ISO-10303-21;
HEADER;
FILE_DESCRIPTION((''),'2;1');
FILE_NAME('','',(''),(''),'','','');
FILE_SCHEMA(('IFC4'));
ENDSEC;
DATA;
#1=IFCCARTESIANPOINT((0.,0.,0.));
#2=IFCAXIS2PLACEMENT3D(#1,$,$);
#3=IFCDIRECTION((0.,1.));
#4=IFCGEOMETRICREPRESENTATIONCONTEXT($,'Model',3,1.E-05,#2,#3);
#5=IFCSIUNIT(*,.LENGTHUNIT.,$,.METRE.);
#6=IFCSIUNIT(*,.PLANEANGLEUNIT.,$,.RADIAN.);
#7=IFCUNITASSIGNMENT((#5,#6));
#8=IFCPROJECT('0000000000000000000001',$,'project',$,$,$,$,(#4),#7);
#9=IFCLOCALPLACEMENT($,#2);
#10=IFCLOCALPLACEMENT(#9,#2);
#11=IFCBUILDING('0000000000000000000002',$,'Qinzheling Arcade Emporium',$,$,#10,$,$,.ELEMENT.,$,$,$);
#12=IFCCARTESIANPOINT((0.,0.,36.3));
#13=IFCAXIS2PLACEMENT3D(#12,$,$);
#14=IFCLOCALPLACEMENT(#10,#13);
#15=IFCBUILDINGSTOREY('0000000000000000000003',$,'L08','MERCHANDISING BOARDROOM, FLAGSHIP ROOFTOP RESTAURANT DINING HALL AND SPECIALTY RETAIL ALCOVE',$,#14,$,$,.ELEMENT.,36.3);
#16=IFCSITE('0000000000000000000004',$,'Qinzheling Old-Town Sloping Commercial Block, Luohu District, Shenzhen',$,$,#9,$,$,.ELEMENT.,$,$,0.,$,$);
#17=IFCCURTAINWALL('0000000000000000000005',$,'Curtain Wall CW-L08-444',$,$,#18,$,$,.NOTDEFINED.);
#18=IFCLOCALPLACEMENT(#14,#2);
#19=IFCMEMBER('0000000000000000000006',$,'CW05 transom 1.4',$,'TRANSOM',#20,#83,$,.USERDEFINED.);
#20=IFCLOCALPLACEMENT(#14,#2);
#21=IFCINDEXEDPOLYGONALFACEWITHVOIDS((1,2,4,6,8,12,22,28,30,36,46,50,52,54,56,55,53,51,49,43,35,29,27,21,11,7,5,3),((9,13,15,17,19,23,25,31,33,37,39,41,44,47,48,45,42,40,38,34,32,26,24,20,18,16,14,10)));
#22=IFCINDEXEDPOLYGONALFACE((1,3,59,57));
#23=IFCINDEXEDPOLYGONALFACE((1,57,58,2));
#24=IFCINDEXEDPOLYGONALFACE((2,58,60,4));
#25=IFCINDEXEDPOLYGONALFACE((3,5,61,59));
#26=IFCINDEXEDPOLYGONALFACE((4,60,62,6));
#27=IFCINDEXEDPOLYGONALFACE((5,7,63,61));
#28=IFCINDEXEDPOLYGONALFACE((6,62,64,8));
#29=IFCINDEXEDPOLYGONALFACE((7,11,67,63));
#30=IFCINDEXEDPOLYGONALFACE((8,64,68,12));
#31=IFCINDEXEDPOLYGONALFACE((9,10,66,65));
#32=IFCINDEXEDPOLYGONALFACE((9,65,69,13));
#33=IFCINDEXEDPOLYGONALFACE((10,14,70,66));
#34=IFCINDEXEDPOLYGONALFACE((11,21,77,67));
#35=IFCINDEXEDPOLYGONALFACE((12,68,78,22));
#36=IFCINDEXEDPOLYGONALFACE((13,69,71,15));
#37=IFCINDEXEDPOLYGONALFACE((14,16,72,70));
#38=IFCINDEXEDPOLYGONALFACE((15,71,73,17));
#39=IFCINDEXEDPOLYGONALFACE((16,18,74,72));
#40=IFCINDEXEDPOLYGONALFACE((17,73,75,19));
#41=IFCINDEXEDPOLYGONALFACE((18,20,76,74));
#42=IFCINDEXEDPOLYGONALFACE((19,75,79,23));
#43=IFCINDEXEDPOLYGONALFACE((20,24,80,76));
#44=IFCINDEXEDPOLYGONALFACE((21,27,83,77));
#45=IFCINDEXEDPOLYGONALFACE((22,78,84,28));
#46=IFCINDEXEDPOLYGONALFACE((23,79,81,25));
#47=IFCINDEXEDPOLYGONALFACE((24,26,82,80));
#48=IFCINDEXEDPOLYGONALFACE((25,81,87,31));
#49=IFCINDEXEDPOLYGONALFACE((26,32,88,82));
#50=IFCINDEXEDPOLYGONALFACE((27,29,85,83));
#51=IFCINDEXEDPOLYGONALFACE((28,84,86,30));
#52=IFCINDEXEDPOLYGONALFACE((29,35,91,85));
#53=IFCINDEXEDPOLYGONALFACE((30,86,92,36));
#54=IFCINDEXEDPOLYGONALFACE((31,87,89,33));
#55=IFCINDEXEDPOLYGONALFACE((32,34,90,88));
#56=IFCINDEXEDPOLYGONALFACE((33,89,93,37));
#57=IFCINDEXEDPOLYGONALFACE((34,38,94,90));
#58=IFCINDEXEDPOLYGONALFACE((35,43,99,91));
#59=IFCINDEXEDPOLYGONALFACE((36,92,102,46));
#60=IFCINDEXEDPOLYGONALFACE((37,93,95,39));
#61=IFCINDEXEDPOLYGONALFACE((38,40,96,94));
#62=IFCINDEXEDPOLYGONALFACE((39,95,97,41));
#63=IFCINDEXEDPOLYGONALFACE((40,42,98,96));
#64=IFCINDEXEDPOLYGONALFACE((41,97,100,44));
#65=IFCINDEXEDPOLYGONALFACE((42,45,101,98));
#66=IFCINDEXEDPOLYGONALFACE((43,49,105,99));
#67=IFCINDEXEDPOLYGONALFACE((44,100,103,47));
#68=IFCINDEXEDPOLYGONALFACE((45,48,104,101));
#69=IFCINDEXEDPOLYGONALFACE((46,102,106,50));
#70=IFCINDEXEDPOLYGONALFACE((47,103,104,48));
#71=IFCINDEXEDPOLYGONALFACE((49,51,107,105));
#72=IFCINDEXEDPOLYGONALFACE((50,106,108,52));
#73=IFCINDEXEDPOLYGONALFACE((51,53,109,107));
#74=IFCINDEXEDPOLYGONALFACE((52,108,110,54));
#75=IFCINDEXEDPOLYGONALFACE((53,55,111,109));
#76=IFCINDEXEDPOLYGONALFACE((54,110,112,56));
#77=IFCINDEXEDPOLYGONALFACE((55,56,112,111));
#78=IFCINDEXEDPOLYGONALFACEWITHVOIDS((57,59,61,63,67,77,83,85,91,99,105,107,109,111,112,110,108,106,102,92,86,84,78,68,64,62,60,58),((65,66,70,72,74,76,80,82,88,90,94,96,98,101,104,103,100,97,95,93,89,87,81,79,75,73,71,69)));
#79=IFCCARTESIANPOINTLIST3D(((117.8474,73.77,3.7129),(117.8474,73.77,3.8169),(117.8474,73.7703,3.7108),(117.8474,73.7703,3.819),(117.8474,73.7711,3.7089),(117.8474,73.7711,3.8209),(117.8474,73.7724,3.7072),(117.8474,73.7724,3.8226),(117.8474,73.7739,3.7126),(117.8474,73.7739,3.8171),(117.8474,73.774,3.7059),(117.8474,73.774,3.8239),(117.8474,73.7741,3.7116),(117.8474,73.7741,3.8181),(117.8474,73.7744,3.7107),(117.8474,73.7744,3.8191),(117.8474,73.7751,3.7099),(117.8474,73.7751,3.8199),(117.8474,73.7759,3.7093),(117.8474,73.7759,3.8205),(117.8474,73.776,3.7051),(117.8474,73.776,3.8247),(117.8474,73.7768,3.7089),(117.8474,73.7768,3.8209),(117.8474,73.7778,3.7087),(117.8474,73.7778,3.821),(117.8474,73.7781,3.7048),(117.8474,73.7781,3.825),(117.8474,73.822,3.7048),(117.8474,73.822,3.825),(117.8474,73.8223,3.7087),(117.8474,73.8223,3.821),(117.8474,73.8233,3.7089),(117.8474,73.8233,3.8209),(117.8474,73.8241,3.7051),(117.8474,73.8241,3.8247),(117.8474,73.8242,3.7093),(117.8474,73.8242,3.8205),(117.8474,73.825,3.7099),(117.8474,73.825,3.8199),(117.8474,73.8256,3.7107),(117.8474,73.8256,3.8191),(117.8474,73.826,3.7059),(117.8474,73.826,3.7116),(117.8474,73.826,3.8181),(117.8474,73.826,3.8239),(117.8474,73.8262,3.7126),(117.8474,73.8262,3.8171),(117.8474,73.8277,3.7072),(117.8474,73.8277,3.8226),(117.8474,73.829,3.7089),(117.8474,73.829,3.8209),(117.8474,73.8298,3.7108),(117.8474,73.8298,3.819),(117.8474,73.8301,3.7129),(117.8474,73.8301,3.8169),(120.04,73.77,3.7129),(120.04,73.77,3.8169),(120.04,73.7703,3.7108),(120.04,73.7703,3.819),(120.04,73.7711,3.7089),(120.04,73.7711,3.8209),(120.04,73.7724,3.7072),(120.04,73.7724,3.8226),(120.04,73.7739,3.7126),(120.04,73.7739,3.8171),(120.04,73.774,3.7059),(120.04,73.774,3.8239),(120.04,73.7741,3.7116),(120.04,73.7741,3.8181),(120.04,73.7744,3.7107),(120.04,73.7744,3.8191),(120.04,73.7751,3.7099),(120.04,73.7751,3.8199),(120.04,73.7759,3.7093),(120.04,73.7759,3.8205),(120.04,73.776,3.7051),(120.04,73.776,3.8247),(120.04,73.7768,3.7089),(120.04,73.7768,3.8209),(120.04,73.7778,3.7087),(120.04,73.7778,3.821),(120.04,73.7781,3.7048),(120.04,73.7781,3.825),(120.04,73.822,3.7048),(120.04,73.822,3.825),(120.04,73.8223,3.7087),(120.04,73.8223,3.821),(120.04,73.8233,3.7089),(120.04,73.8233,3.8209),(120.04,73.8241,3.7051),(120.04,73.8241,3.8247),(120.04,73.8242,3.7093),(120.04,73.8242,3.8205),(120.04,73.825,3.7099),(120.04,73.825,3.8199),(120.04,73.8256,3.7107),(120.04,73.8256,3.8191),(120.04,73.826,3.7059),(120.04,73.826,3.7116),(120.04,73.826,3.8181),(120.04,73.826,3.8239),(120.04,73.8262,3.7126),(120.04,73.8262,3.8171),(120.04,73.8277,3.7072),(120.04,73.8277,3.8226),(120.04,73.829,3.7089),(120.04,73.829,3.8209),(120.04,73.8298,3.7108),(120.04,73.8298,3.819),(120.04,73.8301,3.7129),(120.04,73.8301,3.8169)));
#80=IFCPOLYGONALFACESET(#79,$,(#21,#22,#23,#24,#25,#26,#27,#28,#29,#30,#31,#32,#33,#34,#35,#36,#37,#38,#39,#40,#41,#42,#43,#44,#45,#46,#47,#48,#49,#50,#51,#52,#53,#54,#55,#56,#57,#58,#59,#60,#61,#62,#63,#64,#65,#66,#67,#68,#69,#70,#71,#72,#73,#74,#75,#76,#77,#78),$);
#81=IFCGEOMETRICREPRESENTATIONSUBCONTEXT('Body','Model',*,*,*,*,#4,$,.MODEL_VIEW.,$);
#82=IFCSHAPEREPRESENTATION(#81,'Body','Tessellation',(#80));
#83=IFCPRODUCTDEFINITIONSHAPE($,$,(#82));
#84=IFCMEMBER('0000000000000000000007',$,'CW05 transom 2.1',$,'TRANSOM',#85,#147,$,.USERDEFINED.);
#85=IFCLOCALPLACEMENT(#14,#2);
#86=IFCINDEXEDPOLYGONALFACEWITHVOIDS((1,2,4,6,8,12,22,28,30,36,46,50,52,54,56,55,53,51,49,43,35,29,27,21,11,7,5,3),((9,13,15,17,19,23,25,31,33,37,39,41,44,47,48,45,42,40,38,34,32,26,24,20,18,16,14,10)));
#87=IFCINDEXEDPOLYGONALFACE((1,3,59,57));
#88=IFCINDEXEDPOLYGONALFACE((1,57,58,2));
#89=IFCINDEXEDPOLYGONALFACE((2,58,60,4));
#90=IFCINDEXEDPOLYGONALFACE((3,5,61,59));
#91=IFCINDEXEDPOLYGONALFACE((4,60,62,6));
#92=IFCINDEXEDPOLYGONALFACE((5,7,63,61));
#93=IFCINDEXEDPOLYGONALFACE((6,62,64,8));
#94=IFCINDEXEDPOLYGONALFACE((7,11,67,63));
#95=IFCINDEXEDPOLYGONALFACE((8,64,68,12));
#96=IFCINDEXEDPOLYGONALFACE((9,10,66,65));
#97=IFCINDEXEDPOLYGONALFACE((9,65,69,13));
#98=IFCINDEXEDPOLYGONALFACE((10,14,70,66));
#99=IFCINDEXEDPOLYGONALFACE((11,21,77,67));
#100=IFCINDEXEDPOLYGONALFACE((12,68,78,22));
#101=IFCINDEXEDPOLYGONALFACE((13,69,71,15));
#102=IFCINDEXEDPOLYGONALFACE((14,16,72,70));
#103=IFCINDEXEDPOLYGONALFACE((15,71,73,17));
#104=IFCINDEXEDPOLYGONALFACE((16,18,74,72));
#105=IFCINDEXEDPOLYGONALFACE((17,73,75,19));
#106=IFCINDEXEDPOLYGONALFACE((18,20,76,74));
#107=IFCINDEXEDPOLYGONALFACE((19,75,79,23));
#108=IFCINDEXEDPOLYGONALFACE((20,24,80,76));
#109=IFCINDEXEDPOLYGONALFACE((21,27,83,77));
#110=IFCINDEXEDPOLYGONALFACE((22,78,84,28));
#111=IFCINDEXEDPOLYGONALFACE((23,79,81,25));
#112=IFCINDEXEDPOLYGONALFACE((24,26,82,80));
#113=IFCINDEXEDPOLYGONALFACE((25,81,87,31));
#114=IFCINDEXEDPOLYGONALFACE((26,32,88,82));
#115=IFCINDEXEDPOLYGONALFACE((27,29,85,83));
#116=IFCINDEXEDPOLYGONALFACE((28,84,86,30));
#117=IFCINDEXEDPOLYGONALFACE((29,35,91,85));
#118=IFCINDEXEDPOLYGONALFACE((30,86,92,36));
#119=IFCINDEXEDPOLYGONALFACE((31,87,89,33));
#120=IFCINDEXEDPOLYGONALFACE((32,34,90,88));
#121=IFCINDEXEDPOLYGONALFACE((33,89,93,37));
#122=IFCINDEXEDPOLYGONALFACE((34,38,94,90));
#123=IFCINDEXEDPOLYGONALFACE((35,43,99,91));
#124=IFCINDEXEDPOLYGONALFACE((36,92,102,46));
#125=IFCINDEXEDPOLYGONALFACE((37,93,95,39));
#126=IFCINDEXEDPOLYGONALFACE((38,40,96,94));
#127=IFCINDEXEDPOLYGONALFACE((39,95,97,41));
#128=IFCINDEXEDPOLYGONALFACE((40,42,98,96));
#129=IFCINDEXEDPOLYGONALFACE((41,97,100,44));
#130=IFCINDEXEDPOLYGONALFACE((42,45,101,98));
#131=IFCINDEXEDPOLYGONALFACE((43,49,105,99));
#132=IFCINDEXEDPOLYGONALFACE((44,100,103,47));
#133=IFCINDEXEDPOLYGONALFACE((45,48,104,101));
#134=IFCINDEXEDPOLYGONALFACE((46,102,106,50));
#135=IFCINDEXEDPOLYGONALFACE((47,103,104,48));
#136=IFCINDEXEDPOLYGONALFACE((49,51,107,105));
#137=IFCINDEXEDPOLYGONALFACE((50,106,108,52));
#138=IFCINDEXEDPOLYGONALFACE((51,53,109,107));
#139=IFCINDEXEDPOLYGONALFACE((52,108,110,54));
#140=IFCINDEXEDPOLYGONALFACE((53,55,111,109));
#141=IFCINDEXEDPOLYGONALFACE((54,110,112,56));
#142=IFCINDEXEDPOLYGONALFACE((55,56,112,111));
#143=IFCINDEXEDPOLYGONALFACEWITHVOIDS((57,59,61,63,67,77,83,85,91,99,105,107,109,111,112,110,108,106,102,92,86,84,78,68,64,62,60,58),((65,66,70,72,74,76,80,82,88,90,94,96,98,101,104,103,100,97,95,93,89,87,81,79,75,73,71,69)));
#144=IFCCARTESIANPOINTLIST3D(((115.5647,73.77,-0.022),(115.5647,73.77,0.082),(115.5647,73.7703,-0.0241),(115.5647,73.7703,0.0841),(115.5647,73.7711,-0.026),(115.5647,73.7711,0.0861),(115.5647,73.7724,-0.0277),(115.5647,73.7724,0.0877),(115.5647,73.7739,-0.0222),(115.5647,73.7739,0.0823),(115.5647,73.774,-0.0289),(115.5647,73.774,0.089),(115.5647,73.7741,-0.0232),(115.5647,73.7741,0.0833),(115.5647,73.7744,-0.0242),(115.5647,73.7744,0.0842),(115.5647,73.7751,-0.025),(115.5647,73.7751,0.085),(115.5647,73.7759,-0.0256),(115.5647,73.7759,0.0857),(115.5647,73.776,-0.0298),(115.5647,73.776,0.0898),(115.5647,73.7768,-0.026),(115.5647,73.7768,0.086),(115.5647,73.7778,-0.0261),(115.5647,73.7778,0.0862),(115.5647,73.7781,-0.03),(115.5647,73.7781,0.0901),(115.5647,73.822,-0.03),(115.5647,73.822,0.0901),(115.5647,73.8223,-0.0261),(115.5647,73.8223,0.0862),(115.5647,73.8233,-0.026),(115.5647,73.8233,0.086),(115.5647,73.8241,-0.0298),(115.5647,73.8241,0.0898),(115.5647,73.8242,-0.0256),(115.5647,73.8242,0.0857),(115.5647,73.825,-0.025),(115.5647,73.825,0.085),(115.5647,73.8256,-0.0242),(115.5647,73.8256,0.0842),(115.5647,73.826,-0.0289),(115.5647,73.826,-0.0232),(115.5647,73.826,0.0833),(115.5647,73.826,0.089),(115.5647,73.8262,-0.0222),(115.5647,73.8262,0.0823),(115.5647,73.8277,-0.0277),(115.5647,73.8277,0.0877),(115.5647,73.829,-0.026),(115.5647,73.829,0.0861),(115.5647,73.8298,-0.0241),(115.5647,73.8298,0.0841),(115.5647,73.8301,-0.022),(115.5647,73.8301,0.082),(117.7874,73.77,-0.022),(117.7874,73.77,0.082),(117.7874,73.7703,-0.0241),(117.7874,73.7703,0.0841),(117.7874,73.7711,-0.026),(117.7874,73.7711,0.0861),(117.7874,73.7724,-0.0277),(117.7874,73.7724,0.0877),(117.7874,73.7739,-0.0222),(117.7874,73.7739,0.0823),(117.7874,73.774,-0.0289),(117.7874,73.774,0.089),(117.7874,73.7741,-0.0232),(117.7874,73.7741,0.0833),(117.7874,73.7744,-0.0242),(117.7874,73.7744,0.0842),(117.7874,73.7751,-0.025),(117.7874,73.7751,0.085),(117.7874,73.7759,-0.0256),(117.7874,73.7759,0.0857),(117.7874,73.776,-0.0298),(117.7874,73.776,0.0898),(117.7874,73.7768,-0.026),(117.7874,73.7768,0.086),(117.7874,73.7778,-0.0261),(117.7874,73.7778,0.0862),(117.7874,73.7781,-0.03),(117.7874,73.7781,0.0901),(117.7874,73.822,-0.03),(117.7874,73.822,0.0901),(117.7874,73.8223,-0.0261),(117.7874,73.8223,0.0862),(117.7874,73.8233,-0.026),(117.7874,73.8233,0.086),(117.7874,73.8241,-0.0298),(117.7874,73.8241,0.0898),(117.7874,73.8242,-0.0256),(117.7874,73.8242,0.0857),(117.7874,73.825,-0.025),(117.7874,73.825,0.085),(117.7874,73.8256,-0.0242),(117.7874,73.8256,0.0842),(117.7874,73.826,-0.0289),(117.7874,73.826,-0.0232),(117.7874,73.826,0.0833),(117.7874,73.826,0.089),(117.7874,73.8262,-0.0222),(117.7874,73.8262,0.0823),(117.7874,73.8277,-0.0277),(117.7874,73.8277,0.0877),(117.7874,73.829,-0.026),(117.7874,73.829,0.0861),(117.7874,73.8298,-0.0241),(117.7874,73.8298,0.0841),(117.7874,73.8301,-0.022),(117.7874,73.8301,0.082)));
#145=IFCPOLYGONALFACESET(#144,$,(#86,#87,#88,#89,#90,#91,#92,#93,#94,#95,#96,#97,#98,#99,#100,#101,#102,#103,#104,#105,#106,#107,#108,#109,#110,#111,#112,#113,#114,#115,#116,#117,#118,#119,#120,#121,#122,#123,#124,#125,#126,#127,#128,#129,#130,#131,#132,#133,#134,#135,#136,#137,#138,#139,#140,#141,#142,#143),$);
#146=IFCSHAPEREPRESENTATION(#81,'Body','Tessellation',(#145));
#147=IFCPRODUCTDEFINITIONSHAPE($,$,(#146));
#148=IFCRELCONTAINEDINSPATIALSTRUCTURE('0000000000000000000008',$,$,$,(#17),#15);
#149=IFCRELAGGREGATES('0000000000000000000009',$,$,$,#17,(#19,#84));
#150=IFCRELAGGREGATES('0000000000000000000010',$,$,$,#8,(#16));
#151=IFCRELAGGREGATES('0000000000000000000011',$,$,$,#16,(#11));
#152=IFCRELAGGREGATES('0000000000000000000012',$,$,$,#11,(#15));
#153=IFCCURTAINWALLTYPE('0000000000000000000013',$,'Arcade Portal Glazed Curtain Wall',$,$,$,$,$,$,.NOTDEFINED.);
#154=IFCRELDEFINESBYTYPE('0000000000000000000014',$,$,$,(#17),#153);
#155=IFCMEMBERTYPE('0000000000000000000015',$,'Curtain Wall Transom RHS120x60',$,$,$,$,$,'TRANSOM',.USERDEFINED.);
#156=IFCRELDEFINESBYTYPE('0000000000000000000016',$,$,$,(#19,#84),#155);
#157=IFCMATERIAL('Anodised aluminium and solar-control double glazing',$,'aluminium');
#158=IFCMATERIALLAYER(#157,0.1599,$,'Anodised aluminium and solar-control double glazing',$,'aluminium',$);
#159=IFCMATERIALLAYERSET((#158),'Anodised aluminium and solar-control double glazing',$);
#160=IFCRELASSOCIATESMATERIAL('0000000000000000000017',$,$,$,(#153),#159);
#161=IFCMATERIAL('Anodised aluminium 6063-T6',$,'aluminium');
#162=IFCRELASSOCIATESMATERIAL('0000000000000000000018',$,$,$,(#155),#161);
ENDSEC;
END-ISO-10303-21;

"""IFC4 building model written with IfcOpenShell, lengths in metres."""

from ifc_helpers import new_model, si_unit, direction, frame, origin, origin_2d, place, context, subcontext, project, spatial, hollow_rectangle, extrude, material, layer, layer_set, material_profile, profile_set, type_object, element, aggregate, save


model = new_model("IFC4")

# Units and contexts
model_context = context("Model", 3, precision=1e-05, world=origin(), true_north=direction((0.0, 1.0)))
body_context = subcontext(model_context, "Body", "Model", "MODEL_VIEW")
ifc_project = project(units=[si_unit("LENGTHUNIT", "METRE"), si_unit("PLANEANGLEUNIT", "RADIAN")], contexts=[model_context])

# Site, building, storey
site_placement = place(None, origin())
site = spatial("IfcSite", under=ifc_project, at=site_placement, Name="Qinzheling Old-Town Sloping Commercial Block, Luohu District, Shenzhen", CompositionType="ELEMENT", RefElevation=0.0)
building_placement = place(site_placement, origin())
building = spatial("IfcBuilding", under=site, at=building_placement, Name="Qinzheling Arcade Emporium", CompositionType="ELEMENT")
storey_placement = place(building_placement, frame((0.0, 0.0, 36.3)))
storey = spatial("IfcBuildingStorey", under=building, at=storey_placement, Name="L08", Description="MERCHANDISING BOARDROOM, FLAGSHIP ROOFTOP RESTAURANT DINING HALL AND SPECIALTY RETAIL ALCOVE", CompositionType="ELEMENT", Elevation=36.3)

# Curtain wall, members
ifc_material_1 = material(Name="Anodised aluminium and solar-control double glazing", Category="aluminium")
ifc_layer_1 = layer(ifc_material_1, 0.1599, Name="Anodised aluminium and solar-control double glazing", Category="aluminium")
ifc_layer_set_1 = layer_set([ifc_layer_1], Name="Anodised aluminium and solar-control double glazing")
curtain_wall_type = type_object("IfcCurtainWallType", Name="Arcade Portal Glazed Curtain Wall", PredefinedType="NOTDEFINED", material=ifc_layer_set_1)
curtain_wall_placement = place(storey_placement, origin())
curtain_wall = element("IfcCurtainWall", 1, at=curtain_wall_placement, inside=storey, type_object=curtain_wall_type, Name="Curtain Wall CW-L08-444", PredefinedType="NOTDEFINED")
ifc_material_2 = material(Name="Anodised aluminium 6063-T6", Category="aluminium")
ifc_material_profile_1 = material_profile(ifc_material_2, hollow_rectangle(XDim=0.0601, YDim=0.1201, WallThickness=0.0039, InnerFilletRadius=0.0039, OuterFilletRadius=0.0081, at=origin_2d()), Name="RHS 120x60x4", Category="aluminium")
ifc_profile_set_1 = profile_set([ifc_material_profile_1], Name="Anodised aluminium 6063-T6")
member_type_1 = type_object("IfcMemberType", Name="Curtain Wall Transom RHS120x60", ElementType="TRANSOM", PredefinedType="USERDEFINED", material=ifc_profile_set_1)
member_1_placement = place(storey_placement, frame((120.04, 73.8, 3.7649), z_axis=(-1.0, 0.0, 0.0), x_axis=(0.0, -1.0, 0.0)))
member_1 = element("IfcMember", 2, at=member_1_placement, type_object=member_type_1, Name="CW05 transom 1.4", ObjectType="TRANSOM", PredefinedType="USERDEFINED", context=body_context, shape_type="SweptSolid", body=[
    extrude(hollow_rectangle(XDim=0.0601, YDim=0.1201, WallThickness=0.0039, InnerFilletRadius=0.0039, OuterFilletRadius=0.0081, at=origin_2d()), origin(), (0.0, 0.0, 1.0), 2.1926),
])
member_2_placement = place(storey_placement, frame((117.7874, 73.8, 0.03), z_axis=(-1.0, 0.0, 0.0), x_axis=(0.0, -1.0, 0.0)))
member_2 = element("IfcMember", 3, at=member_2_placement, type_object=member_type_1, Name="CW05 transom 2.1", ObjectType="TRANSOM", PredefinedType="USERDEFINED", context=body_context, shape_type="SweptSolid", body=[
    extrude(hollow_rectangle(XDim=0.0601, YDim=0.1201, WallThickness=0.0039, InnerFilletRadius=0.0039, OuterFilletRadius=0.0081, at=origin_2d()), origin(), (0.0, 0.0, 1.0), 2.2227),
])
aggregate(curtain_wall, [member_1, member_2])

save(model, "model.ifc")
